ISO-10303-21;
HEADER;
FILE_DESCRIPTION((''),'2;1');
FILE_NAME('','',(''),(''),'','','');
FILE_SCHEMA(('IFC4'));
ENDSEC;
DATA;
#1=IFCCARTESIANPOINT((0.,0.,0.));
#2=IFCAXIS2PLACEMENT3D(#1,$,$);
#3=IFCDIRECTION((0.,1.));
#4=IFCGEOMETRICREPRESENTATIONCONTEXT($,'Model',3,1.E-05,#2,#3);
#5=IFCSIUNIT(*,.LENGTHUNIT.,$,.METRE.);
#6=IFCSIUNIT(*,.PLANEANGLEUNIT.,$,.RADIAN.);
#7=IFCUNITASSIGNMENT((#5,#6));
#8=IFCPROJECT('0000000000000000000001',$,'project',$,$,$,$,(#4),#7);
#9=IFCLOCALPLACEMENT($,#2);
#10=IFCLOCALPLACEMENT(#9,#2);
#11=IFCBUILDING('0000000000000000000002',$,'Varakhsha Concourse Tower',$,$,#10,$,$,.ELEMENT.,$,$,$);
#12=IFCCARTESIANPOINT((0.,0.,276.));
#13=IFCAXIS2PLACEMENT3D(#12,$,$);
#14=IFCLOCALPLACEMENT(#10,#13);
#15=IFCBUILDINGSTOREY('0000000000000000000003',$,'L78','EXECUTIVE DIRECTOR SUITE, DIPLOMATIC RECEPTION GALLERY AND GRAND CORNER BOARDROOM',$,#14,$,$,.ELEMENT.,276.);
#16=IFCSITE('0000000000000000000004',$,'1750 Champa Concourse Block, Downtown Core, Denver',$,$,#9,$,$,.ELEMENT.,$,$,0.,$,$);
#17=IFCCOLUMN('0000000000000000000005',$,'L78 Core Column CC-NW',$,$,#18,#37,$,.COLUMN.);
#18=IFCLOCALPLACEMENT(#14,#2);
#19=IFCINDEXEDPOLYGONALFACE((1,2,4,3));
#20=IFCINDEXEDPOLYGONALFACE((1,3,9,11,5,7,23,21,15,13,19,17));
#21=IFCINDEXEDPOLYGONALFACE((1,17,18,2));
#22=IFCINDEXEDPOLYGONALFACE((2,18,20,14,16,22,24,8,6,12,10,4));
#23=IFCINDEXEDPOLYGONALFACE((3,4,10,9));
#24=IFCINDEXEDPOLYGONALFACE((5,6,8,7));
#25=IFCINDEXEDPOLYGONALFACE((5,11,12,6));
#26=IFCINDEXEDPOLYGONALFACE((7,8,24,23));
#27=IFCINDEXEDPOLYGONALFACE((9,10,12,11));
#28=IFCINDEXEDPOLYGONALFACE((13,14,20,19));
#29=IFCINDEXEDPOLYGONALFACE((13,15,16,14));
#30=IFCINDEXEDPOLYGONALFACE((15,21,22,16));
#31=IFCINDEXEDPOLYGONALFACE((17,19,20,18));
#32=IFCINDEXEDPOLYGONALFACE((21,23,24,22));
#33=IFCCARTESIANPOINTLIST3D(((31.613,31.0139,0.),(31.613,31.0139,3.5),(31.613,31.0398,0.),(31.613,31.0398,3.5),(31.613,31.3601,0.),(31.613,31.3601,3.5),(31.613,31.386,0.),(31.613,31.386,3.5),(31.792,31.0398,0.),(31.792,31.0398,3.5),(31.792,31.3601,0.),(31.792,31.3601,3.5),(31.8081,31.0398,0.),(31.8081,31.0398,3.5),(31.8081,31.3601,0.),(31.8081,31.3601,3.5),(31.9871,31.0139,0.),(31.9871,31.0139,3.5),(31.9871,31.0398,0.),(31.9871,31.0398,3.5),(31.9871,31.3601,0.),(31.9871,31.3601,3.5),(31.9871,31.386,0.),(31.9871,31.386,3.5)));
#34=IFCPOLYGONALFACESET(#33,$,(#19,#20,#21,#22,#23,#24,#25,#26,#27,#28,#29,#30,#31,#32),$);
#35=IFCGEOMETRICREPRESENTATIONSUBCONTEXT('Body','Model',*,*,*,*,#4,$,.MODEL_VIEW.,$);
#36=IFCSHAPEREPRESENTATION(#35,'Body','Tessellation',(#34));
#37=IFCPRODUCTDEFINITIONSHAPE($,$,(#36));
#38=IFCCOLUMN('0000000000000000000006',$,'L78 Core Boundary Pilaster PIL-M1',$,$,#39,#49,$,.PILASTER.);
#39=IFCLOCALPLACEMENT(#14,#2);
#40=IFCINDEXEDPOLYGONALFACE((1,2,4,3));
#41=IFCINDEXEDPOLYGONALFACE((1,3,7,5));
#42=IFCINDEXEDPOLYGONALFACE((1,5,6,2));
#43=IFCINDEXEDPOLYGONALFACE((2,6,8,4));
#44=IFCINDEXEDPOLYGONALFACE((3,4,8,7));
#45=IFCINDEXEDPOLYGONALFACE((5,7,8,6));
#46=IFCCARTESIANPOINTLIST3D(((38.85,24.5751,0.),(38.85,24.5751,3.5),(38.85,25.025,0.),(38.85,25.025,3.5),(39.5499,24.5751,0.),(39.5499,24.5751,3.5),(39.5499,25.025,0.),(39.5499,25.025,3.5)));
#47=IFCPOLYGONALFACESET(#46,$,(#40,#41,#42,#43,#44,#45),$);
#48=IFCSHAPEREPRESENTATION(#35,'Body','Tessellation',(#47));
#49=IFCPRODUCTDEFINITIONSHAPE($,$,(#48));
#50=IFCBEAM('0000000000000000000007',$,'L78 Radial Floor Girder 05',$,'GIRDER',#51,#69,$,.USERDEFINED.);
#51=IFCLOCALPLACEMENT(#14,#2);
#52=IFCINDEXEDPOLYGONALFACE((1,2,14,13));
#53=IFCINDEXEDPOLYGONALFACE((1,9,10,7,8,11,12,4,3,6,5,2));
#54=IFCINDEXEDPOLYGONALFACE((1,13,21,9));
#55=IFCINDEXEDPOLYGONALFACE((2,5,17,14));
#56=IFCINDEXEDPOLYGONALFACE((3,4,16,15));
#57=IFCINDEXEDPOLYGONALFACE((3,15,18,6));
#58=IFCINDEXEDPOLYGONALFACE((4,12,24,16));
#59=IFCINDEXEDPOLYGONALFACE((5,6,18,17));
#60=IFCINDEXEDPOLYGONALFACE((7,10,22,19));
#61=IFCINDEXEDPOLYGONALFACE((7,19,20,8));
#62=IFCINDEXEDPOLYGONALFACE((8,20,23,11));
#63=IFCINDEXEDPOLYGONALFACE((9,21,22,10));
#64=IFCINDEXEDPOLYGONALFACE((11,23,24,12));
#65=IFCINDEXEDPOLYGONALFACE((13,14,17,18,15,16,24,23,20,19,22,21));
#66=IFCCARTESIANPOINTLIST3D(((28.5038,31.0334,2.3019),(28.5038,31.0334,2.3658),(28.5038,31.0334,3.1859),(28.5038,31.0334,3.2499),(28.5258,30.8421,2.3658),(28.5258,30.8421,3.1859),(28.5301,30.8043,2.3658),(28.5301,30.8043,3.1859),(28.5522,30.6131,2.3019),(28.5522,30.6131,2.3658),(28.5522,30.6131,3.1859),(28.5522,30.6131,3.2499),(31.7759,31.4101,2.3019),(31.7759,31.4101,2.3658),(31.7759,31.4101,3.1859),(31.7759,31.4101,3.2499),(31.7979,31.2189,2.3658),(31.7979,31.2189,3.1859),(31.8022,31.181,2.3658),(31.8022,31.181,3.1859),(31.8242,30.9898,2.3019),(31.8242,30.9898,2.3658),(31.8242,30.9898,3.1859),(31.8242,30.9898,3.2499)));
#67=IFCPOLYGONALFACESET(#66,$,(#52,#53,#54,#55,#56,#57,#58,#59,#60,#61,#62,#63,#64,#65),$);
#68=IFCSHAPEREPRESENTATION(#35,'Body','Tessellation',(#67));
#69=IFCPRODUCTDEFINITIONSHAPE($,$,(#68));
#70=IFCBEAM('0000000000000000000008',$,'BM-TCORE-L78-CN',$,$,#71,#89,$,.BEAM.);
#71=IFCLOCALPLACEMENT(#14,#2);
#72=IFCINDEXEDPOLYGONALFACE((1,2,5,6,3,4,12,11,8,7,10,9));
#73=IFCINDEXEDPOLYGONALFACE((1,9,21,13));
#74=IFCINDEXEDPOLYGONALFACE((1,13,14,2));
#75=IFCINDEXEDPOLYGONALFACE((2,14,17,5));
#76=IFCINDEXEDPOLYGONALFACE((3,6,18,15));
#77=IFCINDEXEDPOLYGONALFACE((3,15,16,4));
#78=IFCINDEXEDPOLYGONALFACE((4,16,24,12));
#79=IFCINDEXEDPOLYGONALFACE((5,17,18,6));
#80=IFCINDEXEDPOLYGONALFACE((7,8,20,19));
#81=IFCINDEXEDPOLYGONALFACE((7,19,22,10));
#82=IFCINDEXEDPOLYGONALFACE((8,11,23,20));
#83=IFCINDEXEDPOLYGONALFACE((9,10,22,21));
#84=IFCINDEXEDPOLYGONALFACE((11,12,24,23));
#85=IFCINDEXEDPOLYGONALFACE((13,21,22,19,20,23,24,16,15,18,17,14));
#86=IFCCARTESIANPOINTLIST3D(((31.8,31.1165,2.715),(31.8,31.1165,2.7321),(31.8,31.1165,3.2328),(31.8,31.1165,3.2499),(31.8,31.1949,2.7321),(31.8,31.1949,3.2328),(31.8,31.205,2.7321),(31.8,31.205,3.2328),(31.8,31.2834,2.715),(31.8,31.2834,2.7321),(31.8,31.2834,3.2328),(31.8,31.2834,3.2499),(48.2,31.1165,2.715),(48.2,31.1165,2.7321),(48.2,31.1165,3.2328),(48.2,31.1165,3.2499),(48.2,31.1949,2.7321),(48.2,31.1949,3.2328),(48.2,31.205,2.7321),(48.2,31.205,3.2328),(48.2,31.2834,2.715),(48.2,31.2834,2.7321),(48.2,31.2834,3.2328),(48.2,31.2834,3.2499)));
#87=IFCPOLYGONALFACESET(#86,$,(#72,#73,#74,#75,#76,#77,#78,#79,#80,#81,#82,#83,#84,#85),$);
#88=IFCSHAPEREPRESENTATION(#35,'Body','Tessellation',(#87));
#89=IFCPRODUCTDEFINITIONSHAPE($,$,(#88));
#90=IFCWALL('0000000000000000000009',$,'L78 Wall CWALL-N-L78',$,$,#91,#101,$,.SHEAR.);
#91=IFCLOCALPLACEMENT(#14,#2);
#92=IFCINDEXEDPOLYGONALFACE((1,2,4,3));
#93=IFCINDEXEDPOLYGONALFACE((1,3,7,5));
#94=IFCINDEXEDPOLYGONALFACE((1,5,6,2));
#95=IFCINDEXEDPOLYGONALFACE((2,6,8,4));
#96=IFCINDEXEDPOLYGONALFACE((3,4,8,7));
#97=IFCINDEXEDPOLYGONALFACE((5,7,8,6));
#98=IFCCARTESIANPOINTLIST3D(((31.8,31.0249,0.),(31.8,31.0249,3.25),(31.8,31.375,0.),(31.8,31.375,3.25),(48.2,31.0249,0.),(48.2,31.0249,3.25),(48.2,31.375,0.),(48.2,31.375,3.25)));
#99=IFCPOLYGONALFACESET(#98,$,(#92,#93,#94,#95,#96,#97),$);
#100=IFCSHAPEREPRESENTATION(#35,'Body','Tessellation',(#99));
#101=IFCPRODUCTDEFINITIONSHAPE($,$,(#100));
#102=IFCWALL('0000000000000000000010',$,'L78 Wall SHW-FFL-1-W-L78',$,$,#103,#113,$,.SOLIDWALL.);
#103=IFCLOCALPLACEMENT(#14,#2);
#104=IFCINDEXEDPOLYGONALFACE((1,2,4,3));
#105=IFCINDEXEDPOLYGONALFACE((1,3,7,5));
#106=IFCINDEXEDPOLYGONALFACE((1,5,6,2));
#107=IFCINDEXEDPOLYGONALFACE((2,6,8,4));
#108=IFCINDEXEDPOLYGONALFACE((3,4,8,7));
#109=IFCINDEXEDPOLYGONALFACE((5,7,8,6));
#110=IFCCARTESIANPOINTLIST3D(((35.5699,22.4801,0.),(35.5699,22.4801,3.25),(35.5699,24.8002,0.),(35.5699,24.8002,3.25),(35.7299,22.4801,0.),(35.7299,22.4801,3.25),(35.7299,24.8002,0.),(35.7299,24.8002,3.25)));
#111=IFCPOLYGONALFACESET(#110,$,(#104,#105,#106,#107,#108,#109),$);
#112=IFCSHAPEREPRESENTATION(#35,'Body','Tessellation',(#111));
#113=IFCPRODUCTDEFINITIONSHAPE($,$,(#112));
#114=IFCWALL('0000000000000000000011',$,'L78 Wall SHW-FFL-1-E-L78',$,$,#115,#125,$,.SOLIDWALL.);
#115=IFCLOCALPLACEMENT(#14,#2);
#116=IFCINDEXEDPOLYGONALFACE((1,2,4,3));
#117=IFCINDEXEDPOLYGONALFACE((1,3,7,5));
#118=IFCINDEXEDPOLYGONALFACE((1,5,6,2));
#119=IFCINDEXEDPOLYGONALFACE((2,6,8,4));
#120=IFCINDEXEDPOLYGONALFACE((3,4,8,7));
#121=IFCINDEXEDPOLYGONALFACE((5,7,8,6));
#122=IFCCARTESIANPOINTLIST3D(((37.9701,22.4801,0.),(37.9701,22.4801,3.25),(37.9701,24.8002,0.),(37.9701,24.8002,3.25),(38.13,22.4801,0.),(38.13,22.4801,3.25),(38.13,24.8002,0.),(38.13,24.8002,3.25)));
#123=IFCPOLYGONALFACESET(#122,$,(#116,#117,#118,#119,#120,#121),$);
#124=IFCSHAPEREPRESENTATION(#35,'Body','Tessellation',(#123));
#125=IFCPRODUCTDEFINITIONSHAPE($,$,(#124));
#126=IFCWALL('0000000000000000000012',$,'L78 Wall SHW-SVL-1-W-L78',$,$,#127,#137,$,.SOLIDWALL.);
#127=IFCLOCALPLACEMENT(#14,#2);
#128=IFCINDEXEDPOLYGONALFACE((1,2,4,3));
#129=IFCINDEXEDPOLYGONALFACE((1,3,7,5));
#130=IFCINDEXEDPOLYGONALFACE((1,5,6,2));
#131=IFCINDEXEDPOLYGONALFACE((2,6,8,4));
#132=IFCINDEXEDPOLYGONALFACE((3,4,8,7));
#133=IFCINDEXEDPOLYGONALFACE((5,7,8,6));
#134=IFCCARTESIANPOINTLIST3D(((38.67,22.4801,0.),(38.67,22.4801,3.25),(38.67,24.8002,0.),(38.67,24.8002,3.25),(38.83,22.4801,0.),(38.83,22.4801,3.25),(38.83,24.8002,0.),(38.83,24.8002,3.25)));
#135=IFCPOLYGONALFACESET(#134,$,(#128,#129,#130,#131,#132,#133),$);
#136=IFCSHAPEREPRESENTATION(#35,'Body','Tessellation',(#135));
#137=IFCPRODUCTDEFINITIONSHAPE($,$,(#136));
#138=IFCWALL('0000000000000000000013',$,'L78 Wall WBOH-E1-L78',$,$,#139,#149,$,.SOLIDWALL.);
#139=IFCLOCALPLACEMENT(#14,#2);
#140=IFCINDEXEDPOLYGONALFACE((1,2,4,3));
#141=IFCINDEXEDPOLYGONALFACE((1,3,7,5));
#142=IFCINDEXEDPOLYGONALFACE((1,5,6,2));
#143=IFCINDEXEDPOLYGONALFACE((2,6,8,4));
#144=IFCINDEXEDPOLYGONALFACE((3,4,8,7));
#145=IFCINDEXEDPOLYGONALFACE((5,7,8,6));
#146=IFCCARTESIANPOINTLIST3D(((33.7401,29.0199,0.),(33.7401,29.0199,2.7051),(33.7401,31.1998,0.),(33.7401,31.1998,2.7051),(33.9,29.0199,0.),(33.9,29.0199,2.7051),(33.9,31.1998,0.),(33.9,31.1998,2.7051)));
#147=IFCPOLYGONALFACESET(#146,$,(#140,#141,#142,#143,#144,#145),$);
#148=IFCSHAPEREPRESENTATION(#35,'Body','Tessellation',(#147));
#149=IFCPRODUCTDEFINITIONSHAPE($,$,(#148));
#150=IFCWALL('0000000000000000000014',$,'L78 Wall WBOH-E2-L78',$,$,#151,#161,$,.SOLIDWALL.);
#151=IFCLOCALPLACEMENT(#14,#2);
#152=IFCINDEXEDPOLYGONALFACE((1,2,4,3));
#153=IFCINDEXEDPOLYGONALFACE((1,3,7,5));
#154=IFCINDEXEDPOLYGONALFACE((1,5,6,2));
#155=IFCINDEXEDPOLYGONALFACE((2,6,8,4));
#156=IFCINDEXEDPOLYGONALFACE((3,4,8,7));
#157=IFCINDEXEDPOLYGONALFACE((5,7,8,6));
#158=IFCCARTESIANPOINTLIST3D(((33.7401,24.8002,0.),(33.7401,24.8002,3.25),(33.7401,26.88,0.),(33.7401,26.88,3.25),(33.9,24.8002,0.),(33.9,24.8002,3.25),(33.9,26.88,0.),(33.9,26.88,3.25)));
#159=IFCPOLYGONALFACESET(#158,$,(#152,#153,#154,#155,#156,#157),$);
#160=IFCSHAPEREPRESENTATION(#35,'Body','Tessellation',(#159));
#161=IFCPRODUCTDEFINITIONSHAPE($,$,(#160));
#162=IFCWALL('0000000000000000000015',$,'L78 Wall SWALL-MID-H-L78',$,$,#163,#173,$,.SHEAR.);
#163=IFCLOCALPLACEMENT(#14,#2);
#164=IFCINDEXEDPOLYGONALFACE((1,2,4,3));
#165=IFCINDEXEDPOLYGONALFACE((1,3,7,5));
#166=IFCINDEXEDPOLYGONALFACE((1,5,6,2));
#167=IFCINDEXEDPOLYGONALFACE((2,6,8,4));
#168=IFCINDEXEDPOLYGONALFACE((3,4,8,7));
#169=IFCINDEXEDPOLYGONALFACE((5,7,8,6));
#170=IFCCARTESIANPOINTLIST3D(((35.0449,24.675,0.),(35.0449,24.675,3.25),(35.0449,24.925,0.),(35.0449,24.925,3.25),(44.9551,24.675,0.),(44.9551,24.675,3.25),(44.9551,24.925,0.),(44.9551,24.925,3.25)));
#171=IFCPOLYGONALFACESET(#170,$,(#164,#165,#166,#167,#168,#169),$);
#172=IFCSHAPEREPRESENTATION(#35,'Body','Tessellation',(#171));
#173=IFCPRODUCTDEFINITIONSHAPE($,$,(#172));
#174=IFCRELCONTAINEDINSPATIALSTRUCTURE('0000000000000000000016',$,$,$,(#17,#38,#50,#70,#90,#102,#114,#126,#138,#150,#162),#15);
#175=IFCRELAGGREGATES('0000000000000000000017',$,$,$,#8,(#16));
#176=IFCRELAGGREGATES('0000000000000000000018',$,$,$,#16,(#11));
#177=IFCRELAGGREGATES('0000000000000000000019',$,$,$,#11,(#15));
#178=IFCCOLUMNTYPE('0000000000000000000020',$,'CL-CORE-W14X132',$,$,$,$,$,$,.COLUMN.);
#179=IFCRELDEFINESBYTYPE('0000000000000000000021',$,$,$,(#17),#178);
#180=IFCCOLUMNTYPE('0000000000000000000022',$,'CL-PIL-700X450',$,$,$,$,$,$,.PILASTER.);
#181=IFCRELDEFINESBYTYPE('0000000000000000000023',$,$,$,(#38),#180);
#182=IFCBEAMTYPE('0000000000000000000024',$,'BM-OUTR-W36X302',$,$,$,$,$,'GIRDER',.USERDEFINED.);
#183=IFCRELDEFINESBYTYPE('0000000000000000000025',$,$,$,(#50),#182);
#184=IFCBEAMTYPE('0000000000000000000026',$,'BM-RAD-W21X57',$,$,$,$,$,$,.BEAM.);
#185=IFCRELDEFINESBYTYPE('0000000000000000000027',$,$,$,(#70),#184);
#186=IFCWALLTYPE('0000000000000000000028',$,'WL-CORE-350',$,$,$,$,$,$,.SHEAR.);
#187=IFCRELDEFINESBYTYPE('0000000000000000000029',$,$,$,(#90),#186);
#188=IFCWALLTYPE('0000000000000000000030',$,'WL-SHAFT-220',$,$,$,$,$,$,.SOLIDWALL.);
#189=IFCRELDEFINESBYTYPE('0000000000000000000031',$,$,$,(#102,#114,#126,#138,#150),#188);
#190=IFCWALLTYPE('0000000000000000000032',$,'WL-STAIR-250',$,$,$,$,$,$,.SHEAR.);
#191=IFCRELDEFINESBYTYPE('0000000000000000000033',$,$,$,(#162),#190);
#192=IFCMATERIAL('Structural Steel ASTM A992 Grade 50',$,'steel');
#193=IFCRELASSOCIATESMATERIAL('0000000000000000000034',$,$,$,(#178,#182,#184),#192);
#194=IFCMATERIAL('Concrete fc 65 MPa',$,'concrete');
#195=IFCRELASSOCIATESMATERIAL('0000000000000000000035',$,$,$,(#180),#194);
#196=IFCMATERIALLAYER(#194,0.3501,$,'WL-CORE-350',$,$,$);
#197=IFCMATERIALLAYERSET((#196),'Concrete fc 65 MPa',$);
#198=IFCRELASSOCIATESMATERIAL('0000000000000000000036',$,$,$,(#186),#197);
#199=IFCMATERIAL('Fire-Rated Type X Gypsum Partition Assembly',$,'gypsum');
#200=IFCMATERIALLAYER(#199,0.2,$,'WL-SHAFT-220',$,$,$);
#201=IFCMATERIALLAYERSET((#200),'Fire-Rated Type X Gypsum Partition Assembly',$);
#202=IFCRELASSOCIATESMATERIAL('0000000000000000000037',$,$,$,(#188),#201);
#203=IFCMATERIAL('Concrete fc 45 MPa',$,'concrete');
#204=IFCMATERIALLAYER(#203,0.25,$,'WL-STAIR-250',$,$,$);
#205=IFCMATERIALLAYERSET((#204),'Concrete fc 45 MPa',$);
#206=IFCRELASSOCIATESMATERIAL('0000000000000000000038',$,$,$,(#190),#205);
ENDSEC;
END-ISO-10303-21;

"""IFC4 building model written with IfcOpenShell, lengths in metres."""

from ifc_helpers import new_model, si_unit, direction, frame, frame_2d, origin, origin_2d, place, context, subcontext, project, spatial, rectangle, i_section, extrude, material, layer, layer_set, material_profile, profile_set, type_object, element, save


model = new_model("IFC4")

# Units and contexts
model_context = context("Model", 3, precision=1e-05, world=origin(), true_north=direction((0.0, 1.0)))
body_context = subcontext(model_context, "Body", "Model", "MODEL_VIEW")
ifc_project = project(units=[si_unit("LENGTHUNIT", "METRE"), si_unit("PLANEANGLEUNIT", "RADIAN")], contexts=[model_context])

# Site, building, storey
site_placement = place(None, origin())
site = spatial("IfcSite", under=ifc_project, at=site_placement, Name="1750 Champa Concourse Block, Downtown Core, Denver", CompositionType="ELEMENT", RefElevation=0.0)
building_placement = place(site_placement, origin())
building = spatial("IfcBuilding", under=site, at=building_placement, Name="Varakhsha Concourse Tower", CompositionType="ELEMENT")
storey_placement = place(building_placement, frame((0.0, 0.0, 276.0)))
storey = spatial("IfcBuildingStorey", under=building, at=storey_placement, Name="L78", Description="EXECUTIVE DIRECTOR SUITE, DIPLOMATIC RECEPTION GALLERY AND GRAND CORNER BOARDROOM", CompositionType="ELEMENT", Elevation=276.0)

# Columns
ifc_material_1 = material(Name="Structural Steel ASTM A992 Grade 50", Category="steel")
ifc_material_profile_1 = material_profile(ifc_material_1, i_section(OverallWidth=0.374, OverallDepth=0.3721, WebThickness=0.0161, FlangeThickness=0.0259, at=origin_2d()), Name="W14X132")
ifc_profile_set_1 = profile_set([ifc_material_profile_1], Name="Structural Steel ASTM A992 Grade 50")
column_type_1 = type_object("IfcColumnType", Name="CL-CORE-W14X132", PredefinedType="COLUMN", material=ifc_profile_set_1)
column_1_placement = place(storey_placement, frame((31.8, 31.2, 0.0), z_axis=(0.0, 0.0, 1.0), x_axis=(1.0, 0.0, 0.0)))
element("IfcColumn", 1, at=column_1_placement, inside=storey, type_object=column_type_1, Name="L78 Core Column CC-NW", PredefinedType="COLUMN", context=body_context, shape_type="SweptSolid", body=[
    extrude(i_section(OverallWidth=0.374, OverallDepth=0.3721, WebThickness=0.0161, FlangeThickness=0.0259, at=origin_2d()), origin(), (0.0, 0.0, 1.0), 3.5),
])
ifc_material_2 = material(Name="Concrete fc 65 MPa", Category="concrete")
ifc_material_profile_2 = material_profile(ifc_material_2, rectangle(XDim=0.7, YDim=0.45, at=origin_2d()), Name="RC 700x450")
ifc_profile_set_2 = profile_set([ifc_material_profile_2], Name="Concrete fc 65 MPa")
column_type_2 = type_object("IfcColumnType", Name="CL-PIL-700X450", PredefinedType="PILASTER", material=ifc_profile_set_2)
column_2_placement = place(storey_placement, frame((39.2, 24.8, 0.0), z_axis=(0.0, 0.0, 1.0), x_axis=(1.0, 0.0, 0.0)))
element("IfcColumn", 2, at=column_2_placement, inside=storey, type_object=column_type_2, Name="L78 Core Boundary Pilaster PIL-M1", PredefinedType="PILASTER", context=body_context, shape_type="SweptSolid", body=[
    extrude(rectangle(XDim=0.7, YDim=0.45, at=origin_2d()), origin(), (0.0, 0.0, 1.0), 3.5),
])

# Beams
ifc_material_profile_3 = material_profile(ifc_material_1, i_section(OverallWidth=0.4231, OverallDepth=0.948, WebThickness=0.0381, FlangeThickness=0.064, at=origin_2d()), Name="W36X302")
ifc_profile_set_3 = profile_set([ifc_material_profile_3], Name="Structural Steel ASTM A992 Grade 50")
beam_type_1 = type_object("IfcBeamType", Name="BM-OUTR-W36X302", ElementType="GIRDER", PredefinedType="USERDEFINED", material=ifc_profile_set_3)
beam_1_placement = place(storey_placement, frame((31.8, 31.2, 2.7759), z_axis=(-0.993437, -0.114377, 0.0), x_axis=(0.114377, -0.993437, 0.0)))
element("IfcBeam", 3, at=beam_1_placement, inside=storey, type_object=beam_type_1, Name="L78 Radial Floor Girder 05", ObjectType="GIRDER", PredefinedType="USERDEFINED", context=body_context, shape_type="SweptSolid", body=[
    extrude(i_section(OverallWidth=0.4231, OverallDepth=0.948, WebThickness=0.0381, FlangeThickness=0.064, at=origin_2d()), origin(), (0.0, 0.0, 1.0), 3.2937),
])
ifc_material_profile_4 = material_profile(ifc_material_1, i_section(OverallWidth=0.167, OverallDepth=0.5349, WebThickness=0.01, FlangeThickness=0.0171, at=origin_2d()), Name="W21X57")
ifc_profile_set_4 = profile_set([ifc_material_profile_4], Name="Structural Steel ASTM A992 Grade 50")
beam_type_2 = type_object("IfcBeamType", Name="BM-RAD-W21X57", PredefinedType="BEAM", material=ifc_profile_set_4)
beam_2_placement = place(storey_placement, frame((31.8, 31.2, 2.9824), z_axis=(1.0, 0.0, 0.0), x_axis=(0.0, 1.0, 0.0)))
element("IfcBeam", 4, at=beam_2_placement, inside=storey, type_object=beam_type_2, Name="BM-TCORE-L78-CN", PredefinedType="BEAM", context=body_context, shape_type="SweptSolid", body=[
    extrude(i_section(OverallWidth=0.167, OverallDepth=0.5349, WebThickness=0.01, FlangeThickness=0.0171, at=origin_2d()), origin(), (0.0, 0.0, 1.0), 16.3999),
])

# Wall
ifc_layer_1 = layer(ifc_material_2, 0.3501, Name="WL-CORE-350")
ifc_layer_set_1 = layer_set([ifc_layer_1], Name="Concrete fc 65 MPa")
wall_type_1 = type_object("IfcWallType", Name="WL-CORE-350", PredefinedType="SHEAR", material=ifc_layer_set_1)
wall_1_placement = place(storey_placement, frame((31.8, 31.2, 0.0), z_axis=(0.0, 0.0, 1.0), x_axis=(1.0, 0.0, 0.0)))
element("IfcWall", 5, at=wall_1_placement, inside=storey, type_object=wall_type_1, Name="L78 Wall CWALL-N-L78", PredefinedType="SHEAR", context=body_context, shape_type="SweptSolid", body=[
    extrude(rectangle(XDim=16.3999, YDim=0.3501, at=frame_2d((8.2, 0.0))), origin(), (0.0, 0.0, 1.0), 3.25),
])

# Shared definitions
ifc_material_3 = material(Name="Fire-Rated Type X Gypsum Partition Assembly", Category="gypsum")
ifc_layer_2 = layer(ifc_material_3, 0.2, Name="WL-SHAFT-220")
ifc_layer_set_2 = layer_set([ifc_layer_2], Name="Fire-Rated Type X Gypsum Partition Assembly")
wall_type_2 = type_object("IfcWallType", Name="WL-SHAFT-220", PredefinedType="SOLIDWALL", material=ifc_layer_set_2)

# Walls
for number, where, z_axis, x_axis, name in (
    (6, (35.6499, 22.48, 0.0), (0.0, 0.0, 1.0), (0.0, 1.0, 0.0), "L78 Wall SHW-FFL-1-W-L78"),
    (7, (38.05, 22.48, 0.0), (0.0, 0.0, 1.0), (0.0, 1.0, 0.0), "L78 Wall SHW-FFL-1-E-L78"),
    (8, (38.75, 22.48, 0.0), (0.0, 0.0, 1.0), (0.0, 1.0, 0.0), "L78 Wall SHW-SVL-1-W-L78"),
):
    element("IfcWall", number, at=place(storey_placement, frame(where, z_axis=z_axis, x_axis=x_axis)), inside=storey, type_object=wall_type_2, Name=name, PredefinedType="SOLIDWALL", context=body_context, shape_type="SweptSolid", body=[
        extrude(rectangle(XDim=2.3201, YDim=0.1599, at=frame_2d((1.1602, 0.0))), origin(), (0.0, 0.0, 1.0), 3.25),
    ])

# Walls
wall_2_placement = place(storey_placement, frame((33.8201, 29.02, 0.0), z_axis=(0.0, 0.0, 1.0), x_axis=(0.0, 1.0, 0.0)))
element("IfcWall", 9, at=wall_2_placement, inside=storey, type_object=wall_type_2, Name="L78 Wall WBOH-E1-L78", PredefinedType="SOLIDWALL", context=body_context, shape_type="SweptSolid", body=[
    extrude(rectangle(XDim=2.1799, YDim=0.1599, at=frame_2d((1.0898, 0.0))), origin(), (0.0, 0.0, 1.0), 2.7051),
])
wall_3_placement = place(storey_placement, frame((33.8201, 24.8, 0.0), z_axis=(0.0, 0.0, 1.0), x_axis=(0.0, 1.0, 0.0)))
element("IfcWall", 10, at=wall_3_placement, inside=storey, type_object=wall_type_2, Name="L78 Wall WBOH-E2-L78", PredefinedType="SOLIDWALL", context=body_context, shape_type="SweptSolid", body=[
    extrude(rectangle(XDim=2.0798, YDim=0.1599, at=frame_2d((1.04, 0.0))), origin(), (0.0, 0.0, 1.0), 3.25),
])
ifc_material_4 = material(Name="Concrete fc 45 MPa", Category="concrete")
ifc_layer_3 = layer(ifc_material_4, 0.25, Name="WL-STAIR-250")
ifc_layer_set_3 = layer_set([ifc_layer_3], Name="Concrete fc 45 MPa")
wall_type_3 = type_object("IfcWallType", Name="WL-STAIR-250", PredefinedType="SHEAR", material=ifc_layer_set_3)
wall_4_placement = place(storey_placement, frame((35.0449, 24.8, 0.0), z_axis=(0.0, 0.0, 1.0), x_axis=(1.0, 0.0, 0.0)))
element("IfcWall", 11, at=wall_4_placement, inside=storey, type_object=wall_type_3, Name="L78 Wall SWALL-MID-H-L78", PredefinedType="SHEAR", context=body_context, shape_type="SweptSolid", body=[
    extrude(rectangle(XDim=9.9102, YDim=0.25, at=frame_2d((4.9551, 0.0))), origin(), (0.0, 0.0, 1.0), 3.25),
])

save(model, "model.ifc")
